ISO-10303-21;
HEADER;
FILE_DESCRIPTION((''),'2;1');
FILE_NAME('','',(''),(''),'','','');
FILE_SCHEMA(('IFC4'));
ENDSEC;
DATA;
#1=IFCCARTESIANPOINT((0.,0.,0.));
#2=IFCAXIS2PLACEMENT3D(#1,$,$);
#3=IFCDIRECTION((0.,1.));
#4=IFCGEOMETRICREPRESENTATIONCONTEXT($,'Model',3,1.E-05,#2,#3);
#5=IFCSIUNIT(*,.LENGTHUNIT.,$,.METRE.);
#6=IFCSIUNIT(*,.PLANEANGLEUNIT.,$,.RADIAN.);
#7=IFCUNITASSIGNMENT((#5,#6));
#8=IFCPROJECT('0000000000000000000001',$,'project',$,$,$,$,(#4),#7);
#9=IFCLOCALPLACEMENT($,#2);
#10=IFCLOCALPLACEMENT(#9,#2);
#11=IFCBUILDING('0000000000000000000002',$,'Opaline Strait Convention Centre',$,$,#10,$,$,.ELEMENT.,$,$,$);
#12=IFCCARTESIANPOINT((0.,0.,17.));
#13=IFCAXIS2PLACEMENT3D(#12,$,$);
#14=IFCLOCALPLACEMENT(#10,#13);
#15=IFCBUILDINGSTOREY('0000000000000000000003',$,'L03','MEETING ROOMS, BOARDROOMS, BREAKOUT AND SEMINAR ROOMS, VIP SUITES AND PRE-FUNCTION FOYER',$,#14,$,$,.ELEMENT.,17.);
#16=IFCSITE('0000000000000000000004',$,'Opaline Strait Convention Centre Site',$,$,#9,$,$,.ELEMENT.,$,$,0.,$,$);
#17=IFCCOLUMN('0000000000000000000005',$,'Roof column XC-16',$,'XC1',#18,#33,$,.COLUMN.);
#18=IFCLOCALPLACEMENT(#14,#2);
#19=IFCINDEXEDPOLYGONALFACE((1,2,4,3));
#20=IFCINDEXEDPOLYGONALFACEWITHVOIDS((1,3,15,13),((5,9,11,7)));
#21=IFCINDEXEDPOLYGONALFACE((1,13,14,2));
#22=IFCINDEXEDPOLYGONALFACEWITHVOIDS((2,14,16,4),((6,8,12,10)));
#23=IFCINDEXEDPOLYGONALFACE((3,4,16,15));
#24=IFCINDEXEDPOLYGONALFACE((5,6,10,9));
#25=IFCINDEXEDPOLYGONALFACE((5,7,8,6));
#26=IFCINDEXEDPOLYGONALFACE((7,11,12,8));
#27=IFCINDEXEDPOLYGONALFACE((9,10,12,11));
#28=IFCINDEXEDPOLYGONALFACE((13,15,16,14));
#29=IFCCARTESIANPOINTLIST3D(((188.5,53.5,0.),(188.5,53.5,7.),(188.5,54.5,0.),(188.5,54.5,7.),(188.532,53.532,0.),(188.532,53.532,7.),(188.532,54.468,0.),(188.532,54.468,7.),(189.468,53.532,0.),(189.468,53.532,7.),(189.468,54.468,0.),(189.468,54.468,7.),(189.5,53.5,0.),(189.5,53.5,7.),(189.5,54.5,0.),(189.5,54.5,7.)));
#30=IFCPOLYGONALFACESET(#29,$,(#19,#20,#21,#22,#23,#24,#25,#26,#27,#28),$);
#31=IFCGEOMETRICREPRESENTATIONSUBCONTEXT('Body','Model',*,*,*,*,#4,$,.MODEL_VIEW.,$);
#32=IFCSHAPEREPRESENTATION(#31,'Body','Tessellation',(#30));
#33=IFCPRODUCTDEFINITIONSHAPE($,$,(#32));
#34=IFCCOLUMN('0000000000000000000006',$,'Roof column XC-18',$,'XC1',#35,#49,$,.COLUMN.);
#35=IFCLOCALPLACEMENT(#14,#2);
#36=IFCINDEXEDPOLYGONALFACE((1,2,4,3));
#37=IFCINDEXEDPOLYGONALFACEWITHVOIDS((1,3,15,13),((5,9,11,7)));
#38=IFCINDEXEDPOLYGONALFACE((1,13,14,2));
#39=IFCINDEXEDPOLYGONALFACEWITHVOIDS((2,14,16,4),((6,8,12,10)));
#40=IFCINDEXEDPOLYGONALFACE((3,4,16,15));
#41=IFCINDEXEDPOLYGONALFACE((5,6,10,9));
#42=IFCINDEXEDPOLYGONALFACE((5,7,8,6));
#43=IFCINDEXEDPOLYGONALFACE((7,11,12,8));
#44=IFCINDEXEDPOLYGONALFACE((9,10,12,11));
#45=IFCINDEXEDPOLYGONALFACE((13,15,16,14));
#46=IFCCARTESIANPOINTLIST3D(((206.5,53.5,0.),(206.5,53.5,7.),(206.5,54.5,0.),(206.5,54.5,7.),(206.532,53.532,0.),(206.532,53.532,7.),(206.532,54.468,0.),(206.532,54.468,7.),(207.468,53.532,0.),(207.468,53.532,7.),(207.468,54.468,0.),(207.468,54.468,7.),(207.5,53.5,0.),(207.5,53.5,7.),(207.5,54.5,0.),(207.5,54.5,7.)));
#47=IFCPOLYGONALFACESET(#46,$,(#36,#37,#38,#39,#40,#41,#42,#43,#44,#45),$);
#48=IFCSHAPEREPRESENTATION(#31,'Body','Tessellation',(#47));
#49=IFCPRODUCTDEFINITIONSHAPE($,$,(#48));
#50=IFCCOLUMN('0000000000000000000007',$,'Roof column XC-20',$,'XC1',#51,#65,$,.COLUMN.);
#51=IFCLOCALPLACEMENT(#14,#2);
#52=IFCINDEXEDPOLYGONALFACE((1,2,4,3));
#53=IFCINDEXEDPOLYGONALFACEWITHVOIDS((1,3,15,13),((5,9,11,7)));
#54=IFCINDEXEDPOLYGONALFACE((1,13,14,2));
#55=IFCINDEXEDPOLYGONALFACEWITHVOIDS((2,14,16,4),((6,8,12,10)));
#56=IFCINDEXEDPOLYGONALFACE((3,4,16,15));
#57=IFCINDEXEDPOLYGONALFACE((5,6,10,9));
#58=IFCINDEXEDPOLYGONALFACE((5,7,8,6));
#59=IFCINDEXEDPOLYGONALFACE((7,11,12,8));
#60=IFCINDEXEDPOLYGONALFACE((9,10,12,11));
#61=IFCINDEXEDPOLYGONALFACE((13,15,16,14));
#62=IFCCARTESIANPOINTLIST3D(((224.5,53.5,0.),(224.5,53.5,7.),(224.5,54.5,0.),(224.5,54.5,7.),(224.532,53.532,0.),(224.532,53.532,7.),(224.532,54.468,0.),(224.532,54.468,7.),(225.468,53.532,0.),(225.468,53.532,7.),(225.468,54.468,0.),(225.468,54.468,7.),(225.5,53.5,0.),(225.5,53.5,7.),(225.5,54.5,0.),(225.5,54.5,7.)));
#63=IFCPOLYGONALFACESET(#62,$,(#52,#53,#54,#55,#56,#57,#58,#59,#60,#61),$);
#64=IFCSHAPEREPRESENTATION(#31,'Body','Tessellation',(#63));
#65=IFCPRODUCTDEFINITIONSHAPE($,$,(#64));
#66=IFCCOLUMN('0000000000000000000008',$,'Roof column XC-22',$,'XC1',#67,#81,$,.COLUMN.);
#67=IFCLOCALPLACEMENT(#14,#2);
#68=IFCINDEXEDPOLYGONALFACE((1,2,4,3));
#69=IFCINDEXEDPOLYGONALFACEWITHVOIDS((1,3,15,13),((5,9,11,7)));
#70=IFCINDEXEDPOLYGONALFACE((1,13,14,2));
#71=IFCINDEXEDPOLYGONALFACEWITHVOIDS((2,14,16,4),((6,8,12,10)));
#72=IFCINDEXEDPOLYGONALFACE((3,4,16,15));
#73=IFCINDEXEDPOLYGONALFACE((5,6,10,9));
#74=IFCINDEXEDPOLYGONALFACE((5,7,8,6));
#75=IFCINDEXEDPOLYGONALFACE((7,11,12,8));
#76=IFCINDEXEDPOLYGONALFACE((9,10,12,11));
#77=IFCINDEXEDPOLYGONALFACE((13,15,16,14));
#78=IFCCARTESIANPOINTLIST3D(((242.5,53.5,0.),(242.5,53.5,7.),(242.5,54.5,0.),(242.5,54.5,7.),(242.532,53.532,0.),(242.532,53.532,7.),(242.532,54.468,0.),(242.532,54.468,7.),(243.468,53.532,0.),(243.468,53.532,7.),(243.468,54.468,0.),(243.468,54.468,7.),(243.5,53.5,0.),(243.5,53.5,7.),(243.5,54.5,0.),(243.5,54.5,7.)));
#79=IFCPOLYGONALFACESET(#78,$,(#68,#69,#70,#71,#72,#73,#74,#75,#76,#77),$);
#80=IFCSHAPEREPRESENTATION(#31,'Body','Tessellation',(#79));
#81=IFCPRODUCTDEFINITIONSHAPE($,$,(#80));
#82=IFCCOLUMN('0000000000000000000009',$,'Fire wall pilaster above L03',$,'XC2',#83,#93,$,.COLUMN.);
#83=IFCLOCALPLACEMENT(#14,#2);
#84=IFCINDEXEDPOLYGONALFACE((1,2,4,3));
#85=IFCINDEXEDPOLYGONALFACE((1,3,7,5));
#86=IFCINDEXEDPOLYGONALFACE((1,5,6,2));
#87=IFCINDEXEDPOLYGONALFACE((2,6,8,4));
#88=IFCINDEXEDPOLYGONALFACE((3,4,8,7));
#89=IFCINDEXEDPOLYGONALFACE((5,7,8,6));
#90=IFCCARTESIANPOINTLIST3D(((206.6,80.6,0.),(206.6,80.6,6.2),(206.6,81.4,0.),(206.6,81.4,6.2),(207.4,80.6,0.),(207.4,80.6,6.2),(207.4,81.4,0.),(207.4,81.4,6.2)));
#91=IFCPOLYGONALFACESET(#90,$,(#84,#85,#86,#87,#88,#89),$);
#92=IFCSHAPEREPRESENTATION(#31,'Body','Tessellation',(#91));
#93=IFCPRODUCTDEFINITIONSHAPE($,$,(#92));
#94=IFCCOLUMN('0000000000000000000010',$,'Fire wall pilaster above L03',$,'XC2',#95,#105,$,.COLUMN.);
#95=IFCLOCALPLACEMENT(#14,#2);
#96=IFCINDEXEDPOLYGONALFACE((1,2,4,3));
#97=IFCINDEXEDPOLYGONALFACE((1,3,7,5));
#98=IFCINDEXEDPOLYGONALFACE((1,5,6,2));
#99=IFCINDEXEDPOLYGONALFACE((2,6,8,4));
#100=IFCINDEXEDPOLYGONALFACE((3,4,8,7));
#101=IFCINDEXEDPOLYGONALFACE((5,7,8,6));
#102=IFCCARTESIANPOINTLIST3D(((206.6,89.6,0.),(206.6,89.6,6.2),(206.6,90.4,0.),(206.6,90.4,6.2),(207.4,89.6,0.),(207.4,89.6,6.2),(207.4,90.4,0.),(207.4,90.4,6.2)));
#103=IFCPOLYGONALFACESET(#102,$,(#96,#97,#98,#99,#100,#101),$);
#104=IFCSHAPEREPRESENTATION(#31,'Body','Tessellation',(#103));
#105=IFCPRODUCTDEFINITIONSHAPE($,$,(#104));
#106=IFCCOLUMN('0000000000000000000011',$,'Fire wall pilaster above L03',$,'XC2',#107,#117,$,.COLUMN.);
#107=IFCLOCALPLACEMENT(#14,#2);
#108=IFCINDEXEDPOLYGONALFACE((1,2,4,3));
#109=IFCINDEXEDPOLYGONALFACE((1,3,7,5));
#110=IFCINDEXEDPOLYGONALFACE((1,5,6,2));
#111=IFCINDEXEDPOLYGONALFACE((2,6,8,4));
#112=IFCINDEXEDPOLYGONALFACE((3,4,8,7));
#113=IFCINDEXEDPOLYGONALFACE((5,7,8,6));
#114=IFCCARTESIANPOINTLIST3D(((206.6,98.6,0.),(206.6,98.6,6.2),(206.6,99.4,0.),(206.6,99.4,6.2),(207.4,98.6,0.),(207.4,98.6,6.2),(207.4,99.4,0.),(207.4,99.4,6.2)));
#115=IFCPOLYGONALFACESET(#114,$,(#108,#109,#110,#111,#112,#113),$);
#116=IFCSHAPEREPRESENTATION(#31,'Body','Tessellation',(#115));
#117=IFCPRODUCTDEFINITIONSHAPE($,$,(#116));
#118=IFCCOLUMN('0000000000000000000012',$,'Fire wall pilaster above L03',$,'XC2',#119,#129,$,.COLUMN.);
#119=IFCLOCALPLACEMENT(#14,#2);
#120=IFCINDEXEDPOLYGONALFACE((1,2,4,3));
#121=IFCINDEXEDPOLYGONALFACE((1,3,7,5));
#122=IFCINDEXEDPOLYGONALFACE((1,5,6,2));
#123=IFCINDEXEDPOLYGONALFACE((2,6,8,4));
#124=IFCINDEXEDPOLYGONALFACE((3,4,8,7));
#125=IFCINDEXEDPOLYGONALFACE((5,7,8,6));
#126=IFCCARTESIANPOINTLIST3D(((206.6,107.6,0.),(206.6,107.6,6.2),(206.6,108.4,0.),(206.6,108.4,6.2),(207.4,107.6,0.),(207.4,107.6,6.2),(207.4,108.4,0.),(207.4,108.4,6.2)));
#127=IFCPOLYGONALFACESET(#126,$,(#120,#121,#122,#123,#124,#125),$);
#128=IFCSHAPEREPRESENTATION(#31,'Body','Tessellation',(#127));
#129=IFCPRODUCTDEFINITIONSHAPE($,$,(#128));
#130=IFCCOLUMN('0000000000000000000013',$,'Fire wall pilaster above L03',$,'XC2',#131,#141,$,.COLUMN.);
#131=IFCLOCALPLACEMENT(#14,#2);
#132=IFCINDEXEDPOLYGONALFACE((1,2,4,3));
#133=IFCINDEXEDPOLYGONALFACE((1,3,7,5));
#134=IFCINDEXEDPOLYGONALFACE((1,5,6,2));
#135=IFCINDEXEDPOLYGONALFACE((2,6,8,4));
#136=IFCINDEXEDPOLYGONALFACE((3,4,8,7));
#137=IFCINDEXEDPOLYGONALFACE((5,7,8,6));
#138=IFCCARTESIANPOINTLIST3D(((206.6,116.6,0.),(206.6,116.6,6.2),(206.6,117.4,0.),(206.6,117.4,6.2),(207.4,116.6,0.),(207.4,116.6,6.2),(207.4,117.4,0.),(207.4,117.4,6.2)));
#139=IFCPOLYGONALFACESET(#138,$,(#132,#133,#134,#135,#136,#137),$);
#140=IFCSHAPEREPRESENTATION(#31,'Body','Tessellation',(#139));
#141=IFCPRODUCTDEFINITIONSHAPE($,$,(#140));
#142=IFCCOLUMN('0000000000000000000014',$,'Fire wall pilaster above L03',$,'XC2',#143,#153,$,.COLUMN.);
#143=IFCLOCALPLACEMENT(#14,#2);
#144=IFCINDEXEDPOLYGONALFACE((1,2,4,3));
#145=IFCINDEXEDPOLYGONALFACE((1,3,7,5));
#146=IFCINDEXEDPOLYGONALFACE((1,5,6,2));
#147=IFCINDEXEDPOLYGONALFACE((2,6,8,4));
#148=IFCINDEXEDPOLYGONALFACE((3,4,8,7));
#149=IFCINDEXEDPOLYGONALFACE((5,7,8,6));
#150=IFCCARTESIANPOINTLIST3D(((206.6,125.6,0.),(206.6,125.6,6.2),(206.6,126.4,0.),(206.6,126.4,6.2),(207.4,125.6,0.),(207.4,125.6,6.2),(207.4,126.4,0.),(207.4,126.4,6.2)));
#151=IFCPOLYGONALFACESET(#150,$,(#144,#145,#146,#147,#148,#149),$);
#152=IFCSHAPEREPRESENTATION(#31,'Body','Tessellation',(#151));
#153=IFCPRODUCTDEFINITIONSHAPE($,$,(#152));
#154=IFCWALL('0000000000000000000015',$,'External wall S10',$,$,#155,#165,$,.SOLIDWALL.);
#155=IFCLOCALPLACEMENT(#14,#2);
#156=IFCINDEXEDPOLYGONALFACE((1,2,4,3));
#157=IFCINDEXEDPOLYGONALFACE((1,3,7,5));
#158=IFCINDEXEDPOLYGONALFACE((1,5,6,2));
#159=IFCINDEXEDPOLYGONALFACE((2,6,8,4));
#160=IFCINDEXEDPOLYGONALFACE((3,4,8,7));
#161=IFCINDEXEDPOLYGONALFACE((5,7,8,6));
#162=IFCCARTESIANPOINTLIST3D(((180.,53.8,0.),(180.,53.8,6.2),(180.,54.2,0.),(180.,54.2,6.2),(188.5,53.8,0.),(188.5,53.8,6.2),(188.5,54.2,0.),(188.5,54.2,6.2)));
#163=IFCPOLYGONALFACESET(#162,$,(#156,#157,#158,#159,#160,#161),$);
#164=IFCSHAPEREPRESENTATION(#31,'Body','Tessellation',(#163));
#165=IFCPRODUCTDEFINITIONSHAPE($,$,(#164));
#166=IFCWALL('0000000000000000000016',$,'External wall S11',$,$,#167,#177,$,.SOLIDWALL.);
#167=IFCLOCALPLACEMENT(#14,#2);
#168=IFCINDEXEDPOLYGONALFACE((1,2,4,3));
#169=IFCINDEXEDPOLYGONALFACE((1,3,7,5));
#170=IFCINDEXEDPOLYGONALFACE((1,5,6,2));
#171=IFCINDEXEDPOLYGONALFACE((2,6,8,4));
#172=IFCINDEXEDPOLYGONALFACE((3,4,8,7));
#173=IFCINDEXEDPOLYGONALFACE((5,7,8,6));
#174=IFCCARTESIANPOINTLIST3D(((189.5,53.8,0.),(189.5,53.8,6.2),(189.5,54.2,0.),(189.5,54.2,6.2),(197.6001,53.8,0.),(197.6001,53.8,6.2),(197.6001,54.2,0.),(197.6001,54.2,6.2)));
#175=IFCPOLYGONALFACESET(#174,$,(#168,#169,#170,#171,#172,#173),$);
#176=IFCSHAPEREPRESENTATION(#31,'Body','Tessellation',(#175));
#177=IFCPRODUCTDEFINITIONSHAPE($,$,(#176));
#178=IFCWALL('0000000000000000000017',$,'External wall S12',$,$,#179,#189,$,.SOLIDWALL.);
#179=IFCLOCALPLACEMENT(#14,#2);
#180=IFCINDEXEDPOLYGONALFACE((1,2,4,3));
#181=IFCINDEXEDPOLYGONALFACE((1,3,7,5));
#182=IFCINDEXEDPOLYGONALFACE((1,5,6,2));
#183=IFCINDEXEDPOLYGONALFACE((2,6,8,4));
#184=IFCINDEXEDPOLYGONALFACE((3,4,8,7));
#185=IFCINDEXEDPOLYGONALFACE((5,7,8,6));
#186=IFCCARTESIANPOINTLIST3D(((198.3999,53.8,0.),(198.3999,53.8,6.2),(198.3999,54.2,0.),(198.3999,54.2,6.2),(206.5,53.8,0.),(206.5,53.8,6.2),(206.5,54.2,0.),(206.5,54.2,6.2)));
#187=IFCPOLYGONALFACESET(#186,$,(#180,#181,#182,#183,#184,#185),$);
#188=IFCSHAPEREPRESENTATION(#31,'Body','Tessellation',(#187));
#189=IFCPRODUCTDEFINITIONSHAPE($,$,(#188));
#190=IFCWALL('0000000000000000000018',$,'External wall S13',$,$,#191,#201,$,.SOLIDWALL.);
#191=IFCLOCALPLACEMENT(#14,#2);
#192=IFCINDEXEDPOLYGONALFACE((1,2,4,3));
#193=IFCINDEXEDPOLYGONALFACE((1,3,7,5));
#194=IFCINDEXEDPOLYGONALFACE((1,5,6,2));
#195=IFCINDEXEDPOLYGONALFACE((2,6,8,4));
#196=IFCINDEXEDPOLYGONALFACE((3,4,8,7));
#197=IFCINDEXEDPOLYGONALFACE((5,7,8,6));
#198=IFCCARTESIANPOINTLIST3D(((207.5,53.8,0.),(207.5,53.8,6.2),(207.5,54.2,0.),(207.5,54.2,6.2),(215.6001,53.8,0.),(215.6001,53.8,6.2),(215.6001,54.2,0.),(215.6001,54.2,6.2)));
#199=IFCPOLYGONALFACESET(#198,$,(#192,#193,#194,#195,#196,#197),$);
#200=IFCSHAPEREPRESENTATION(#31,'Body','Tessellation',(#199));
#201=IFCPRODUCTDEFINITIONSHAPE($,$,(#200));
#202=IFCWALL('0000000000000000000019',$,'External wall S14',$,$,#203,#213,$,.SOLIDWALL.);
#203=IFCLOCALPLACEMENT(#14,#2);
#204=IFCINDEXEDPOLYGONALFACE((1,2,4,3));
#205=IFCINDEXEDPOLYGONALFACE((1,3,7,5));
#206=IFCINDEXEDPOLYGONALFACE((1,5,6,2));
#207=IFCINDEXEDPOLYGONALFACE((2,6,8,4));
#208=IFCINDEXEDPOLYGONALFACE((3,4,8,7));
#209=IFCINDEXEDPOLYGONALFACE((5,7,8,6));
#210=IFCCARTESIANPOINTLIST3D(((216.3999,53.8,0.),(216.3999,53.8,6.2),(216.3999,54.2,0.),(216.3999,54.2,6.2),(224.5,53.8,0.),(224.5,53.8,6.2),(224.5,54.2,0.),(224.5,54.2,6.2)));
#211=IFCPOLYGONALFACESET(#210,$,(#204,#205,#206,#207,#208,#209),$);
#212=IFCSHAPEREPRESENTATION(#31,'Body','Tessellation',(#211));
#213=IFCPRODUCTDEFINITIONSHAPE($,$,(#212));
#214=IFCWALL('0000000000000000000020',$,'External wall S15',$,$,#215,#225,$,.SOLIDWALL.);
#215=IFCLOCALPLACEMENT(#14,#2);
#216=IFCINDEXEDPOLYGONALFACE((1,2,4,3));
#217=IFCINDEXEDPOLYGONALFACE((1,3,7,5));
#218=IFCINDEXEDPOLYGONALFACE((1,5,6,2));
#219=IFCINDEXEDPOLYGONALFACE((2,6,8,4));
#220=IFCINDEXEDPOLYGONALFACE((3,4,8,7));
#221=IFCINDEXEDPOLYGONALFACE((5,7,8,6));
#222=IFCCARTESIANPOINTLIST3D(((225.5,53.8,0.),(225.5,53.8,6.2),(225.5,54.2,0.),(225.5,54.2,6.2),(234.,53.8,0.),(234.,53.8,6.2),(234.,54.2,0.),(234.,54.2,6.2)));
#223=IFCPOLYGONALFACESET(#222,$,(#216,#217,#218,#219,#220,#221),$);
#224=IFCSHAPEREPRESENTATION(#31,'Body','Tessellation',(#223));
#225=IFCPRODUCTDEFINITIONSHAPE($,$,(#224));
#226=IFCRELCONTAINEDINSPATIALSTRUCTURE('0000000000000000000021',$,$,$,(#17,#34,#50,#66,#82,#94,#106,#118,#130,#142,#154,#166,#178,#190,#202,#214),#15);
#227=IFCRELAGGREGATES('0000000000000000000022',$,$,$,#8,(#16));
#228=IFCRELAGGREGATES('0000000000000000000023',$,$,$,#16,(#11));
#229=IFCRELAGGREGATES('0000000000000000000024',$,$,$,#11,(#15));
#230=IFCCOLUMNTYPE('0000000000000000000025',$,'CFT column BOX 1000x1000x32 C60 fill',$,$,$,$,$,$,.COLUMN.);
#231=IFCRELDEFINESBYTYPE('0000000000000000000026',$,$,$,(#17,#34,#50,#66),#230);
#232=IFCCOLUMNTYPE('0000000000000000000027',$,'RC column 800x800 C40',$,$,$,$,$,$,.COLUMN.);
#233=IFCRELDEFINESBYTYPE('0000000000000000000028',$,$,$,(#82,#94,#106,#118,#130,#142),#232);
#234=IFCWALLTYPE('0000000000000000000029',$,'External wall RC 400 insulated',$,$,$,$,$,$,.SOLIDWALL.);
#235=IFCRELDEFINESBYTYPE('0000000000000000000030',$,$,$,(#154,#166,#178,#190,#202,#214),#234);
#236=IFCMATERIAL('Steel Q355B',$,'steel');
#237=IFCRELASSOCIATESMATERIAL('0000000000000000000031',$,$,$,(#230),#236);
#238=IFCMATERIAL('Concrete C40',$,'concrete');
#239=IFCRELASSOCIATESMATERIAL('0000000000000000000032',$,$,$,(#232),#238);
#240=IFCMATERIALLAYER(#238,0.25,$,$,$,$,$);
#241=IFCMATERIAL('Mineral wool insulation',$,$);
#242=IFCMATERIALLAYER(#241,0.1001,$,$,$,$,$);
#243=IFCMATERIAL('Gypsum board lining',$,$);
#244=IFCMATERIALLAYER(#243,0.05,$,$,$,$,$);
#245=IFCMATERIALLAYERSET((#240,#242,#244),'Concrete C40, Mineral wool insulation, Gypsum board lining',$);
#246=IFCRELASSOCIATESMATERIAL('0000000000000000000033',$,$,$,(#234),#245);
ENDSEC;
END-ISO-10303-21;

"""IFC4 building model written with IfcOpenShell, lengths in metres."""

from ifc_helpers import new_model, si_unit, direction, frame, frame_2d, origin, origin_2d, place, context, subcontext, project, spatial, rectangle, hollow_rectangle, extrude, material, layer, layer_set, material_profile, profile_set, type_object, element, save


model = new_model("IFC4")

# Units and contexts
model_context = context("Model", 3, precision=1e-05, world=origin(), true_north=direction((0.0, 1.0)))
body_context = subcontext(model_context, "Body", "Model", "MODEL_VIEW")
ifc_project = project(units=[si_unit("LENGTHUNIT", "METRE"), si_unit("PLANEANGLEUNIT", "RADIAN")], contexts=[model_context])

# Site, building, storey
site_placement = place(None, origin())
site = spatial("IfcSite", under=ifc_project, at=site_placement, Name="Opaline Strait Convention Centre Site", CompositionType="ELEMENT", RefElevation=0.0)
building_placement = place(site_placement, origin())
building = spatial("IfcBuilding", under=site, at=building_placement, Name="Opaline Strait Convention Centre", CompositionType="ELEMENT")
storey_placement = place(building_placement, frame((0.0, 0.0, 17.0)))
storey = spatial("IfcBuildingStorey", under=building, at=storey_placement, Name="L03", Description="MEETING ROOMS, BOARDROOMS, BREAKOUT AND SEMINAR ROOMS, VIP SUITES AND PRE-FUNCTION FOYER", CompositionType="ELEMENT", Elevation=17.0)

# Columns
ifc_material_1 = material(Name="Steel Q355B", Category="steel")
ifc_material_profile_1 = material_profile(ifc_material_1, hollow_rectangle(XDim=1.0, YDim=1.0, WallThickness=0.032, at=origin_2d()), Name="BOX 1000x1000x32")
ifc_profile_set_1 = profile_set([ifc_material_profile_1], Name="Steel Q355B")
column_type_1 = type_object("IfcColumnType", Name="CFT column BOX 1000x1000x32 C60 fill", PredefinedType="COLUMN", material=ifc_profile_set_1)
for number, where, z_axis, x_axis, name in (
    (1, (189.0, 54.0, 0.0), (0.0, 0.0, 1.0), (1.0, 0.0, 0.0), "Roof column XC-16"),
    (2, (207.0, 54.0, 0.0), (0.0, 0.0, 1.0), (1.0, 0.0, 0.0), "Roof column XC-18"),
    (3, (225.0, 54.0, 0.0), (0.0, 0.0, 1.0), (1.0, 0.0, 0.0), "Roof column XC-20"),
    (4, (243.0, 54.0, 0.0), (0.0, 0.0, 1.0), (1.0, 0.0, 0.0), "Roof column XC-22"),
):
    element("IfcColumn", number, at=place(storey_placement, frame(where, z_axis=z_axis, x_axis=x_axis)), inside=storey, type_object=column_type_1, Name=name, ObjectType="XC1", PredefinedType="COLUMN", context=body_context, shape_type="SweptSolid", body=[
        extrude(hollow_rectangle(XDim=1.0, YDim=1.0, WallThickness=0.032, at=origin_2d()), origin(), (0.0, 0.0, 1.0), 7.0),
    ])
ifc_material_2 = material(Name="Concrete C40", Category="concrete")
ifc_material_profile_2 = material_profile(ifc_material_2, rectangle(XDim=0.8, YDim=0.8, at=origin_2d()), Name="RC 800x800")
ifc_profile_set_2 = profile_set([ifc_material_profile_2], Name="Concrete C40")
column_type_2 = type_object("IfcColumnType", Name="RC column 800x800 C40", PredefinedType="COLUMN", material=ifc_profile_set_2)
for number, where, z_axis, x_axis, name in (
    (5, (207.0, 81.0, 0.0), (0.0, 0.0, 1.0), (1.0, 0.0, 0.0), "Fire wall pilaster above L03"),
    (6, (207.0, 90.0, 0.0), (0.0, 0.0, 1.0), (1.0, 0.0, 0.0), "Fire wall pilaster above L03"),
    (7, (207.0, 99.0, 0.0), (0.0, 0.0, 1.0), (1.0, 0.0, 0.0), "Fire wall pilaster above L03"),
    (8, (207.0, 108.0, 0.0), (0.0, 0.0, 1.0), (1.0, 0.0, 0.0), "Fire wall pilaster above L03"),
    (9, (207.0, 117.0, 0.0), (0.0, 0.0, 1.0), (1.0, 0.0, 0.0), "Fire wall pilaster above L03"),
    (10, (207.0, 126.0, 0.0), (0.0, 0.0, 1.0), (1.0, 0.0, 0.0), "Fire wall pilaster above L03"),
):
    element("IfcColumn", number, at=place(storey_placement, frame(where, z_axis=z_axis, x_axis=x_axis)), inside=storey, type_object=column_type_2, Name=name, ObjectType="XC2", PredefinedType="COLUMN", context=body_context, shape_type="SweptSolid", body=[
        extrude(rectangle(XDim=0.8, YDim=0.8, at=origin_2d()), origin(), (0.0, 0.0, 1.0), 6.2),
    ])

# Walls
ifc_layer_1 = layer(ifc_material_2, 0.25)
ifc_material_3 = material(Name="Mineral wool insulation")
ifc_layer_2 = layer(ifc_material_3, 0.1001)
ifc_material_4 = material(Name="Gypsum board lining")
ifc_layer_3 = layer(ifc_material_4, 0.05)
ifc_layer_set_1 = layer_set([ifc_layer_1, ifc_layer_2, ifc_layer_3], Name="Concrete C40, Mineral wool insulation, Gypsum board lining")
wall_type_1 = type_object("IfcWallType", Name="External wall RC 400 insulated", PredefinedType="SOLIDWALL", material=ifc_layer_set_1)
wall_1_placement = place(storey_placement, frame((180.0, 54.0, 0.0), z_axis=(0.0, 0.0, 1.0), x_axis=(1.0, 0.0, 0.0)))
element("IfcWall", 11, at=wall_1_placement, inside=storey, type_object=wall_type_1, Name="External wall S10", PredefinedType="SOLIDWALL", context=body_context, shape_type="SweptSolid", body=[
    extrude(rectangle(XDim=8.5, YDim=0.3999, at=frame_2d((4.25, 0.0))), origin(), (0.0, 0.0, 1.0), 6.2),
])
for number, where, z_axis, x_axis, name in (
    (12, (189.5, 54.0, 0.0), (0.0, 0.0, 1.0), (1.0, 0.0, 0.0), "External wall S11"),
    (13, (198.3999, 54.0, 0.0), (0.0, 0.0, 1.0), (1.0, 0.0, 0.0), "External wall S12"),
    (14, (207.5, 54.0, 0.0), (0.0, 0.0, 1.0), (1.0, 0.0, 0.0), "External wall S13"),
    (15, (216.3999, 54.0, 0.0), (0.0, 0.0, 1.0), (1.0, 0.0, 0.0), "External wall S14"),
):
    element("IfcWall", number, at=place(storey_placement, frame(where, z_axis=z_axis, x_axis=x_axis)), inside=storey, type_object=wall_type_1, Name=name, PredefinedType="SOLIDWALL", context=body_context, shape_type="SweptSolid", body=[
        extrude(rectangle(XDim=8.1001, YDim=0.3999, at=frame_2d((4.05, 0.0))), origin(), (0.0, 0.0, 1.0), 6.2),
    ])
for number, where, z_axis, x_axis, name in (
    (16, (225.5, 54.0, 0.0), (0.0, 0.0, 1.0), (1.0, 0.0, 0.0), "External wall S15"),
):
    element("IfcWall", number, at=place(storey_placement, frame(where, z_axis=z_axis, x_axis=x_axis)), inside=storey, type_object=wall_type_1, Name=name, PredefinedType="SOLIDWALL", context=body_context, shape_type="SweptSolid", body=[
        extrude(rectangle(XDim=8.5, YDim=0.3999, at=frame_2d((4.25, 0.0))), origin(), (0.0, 0.0, 1.0), 6.2),
    ])

save(model, "model.ifc")
